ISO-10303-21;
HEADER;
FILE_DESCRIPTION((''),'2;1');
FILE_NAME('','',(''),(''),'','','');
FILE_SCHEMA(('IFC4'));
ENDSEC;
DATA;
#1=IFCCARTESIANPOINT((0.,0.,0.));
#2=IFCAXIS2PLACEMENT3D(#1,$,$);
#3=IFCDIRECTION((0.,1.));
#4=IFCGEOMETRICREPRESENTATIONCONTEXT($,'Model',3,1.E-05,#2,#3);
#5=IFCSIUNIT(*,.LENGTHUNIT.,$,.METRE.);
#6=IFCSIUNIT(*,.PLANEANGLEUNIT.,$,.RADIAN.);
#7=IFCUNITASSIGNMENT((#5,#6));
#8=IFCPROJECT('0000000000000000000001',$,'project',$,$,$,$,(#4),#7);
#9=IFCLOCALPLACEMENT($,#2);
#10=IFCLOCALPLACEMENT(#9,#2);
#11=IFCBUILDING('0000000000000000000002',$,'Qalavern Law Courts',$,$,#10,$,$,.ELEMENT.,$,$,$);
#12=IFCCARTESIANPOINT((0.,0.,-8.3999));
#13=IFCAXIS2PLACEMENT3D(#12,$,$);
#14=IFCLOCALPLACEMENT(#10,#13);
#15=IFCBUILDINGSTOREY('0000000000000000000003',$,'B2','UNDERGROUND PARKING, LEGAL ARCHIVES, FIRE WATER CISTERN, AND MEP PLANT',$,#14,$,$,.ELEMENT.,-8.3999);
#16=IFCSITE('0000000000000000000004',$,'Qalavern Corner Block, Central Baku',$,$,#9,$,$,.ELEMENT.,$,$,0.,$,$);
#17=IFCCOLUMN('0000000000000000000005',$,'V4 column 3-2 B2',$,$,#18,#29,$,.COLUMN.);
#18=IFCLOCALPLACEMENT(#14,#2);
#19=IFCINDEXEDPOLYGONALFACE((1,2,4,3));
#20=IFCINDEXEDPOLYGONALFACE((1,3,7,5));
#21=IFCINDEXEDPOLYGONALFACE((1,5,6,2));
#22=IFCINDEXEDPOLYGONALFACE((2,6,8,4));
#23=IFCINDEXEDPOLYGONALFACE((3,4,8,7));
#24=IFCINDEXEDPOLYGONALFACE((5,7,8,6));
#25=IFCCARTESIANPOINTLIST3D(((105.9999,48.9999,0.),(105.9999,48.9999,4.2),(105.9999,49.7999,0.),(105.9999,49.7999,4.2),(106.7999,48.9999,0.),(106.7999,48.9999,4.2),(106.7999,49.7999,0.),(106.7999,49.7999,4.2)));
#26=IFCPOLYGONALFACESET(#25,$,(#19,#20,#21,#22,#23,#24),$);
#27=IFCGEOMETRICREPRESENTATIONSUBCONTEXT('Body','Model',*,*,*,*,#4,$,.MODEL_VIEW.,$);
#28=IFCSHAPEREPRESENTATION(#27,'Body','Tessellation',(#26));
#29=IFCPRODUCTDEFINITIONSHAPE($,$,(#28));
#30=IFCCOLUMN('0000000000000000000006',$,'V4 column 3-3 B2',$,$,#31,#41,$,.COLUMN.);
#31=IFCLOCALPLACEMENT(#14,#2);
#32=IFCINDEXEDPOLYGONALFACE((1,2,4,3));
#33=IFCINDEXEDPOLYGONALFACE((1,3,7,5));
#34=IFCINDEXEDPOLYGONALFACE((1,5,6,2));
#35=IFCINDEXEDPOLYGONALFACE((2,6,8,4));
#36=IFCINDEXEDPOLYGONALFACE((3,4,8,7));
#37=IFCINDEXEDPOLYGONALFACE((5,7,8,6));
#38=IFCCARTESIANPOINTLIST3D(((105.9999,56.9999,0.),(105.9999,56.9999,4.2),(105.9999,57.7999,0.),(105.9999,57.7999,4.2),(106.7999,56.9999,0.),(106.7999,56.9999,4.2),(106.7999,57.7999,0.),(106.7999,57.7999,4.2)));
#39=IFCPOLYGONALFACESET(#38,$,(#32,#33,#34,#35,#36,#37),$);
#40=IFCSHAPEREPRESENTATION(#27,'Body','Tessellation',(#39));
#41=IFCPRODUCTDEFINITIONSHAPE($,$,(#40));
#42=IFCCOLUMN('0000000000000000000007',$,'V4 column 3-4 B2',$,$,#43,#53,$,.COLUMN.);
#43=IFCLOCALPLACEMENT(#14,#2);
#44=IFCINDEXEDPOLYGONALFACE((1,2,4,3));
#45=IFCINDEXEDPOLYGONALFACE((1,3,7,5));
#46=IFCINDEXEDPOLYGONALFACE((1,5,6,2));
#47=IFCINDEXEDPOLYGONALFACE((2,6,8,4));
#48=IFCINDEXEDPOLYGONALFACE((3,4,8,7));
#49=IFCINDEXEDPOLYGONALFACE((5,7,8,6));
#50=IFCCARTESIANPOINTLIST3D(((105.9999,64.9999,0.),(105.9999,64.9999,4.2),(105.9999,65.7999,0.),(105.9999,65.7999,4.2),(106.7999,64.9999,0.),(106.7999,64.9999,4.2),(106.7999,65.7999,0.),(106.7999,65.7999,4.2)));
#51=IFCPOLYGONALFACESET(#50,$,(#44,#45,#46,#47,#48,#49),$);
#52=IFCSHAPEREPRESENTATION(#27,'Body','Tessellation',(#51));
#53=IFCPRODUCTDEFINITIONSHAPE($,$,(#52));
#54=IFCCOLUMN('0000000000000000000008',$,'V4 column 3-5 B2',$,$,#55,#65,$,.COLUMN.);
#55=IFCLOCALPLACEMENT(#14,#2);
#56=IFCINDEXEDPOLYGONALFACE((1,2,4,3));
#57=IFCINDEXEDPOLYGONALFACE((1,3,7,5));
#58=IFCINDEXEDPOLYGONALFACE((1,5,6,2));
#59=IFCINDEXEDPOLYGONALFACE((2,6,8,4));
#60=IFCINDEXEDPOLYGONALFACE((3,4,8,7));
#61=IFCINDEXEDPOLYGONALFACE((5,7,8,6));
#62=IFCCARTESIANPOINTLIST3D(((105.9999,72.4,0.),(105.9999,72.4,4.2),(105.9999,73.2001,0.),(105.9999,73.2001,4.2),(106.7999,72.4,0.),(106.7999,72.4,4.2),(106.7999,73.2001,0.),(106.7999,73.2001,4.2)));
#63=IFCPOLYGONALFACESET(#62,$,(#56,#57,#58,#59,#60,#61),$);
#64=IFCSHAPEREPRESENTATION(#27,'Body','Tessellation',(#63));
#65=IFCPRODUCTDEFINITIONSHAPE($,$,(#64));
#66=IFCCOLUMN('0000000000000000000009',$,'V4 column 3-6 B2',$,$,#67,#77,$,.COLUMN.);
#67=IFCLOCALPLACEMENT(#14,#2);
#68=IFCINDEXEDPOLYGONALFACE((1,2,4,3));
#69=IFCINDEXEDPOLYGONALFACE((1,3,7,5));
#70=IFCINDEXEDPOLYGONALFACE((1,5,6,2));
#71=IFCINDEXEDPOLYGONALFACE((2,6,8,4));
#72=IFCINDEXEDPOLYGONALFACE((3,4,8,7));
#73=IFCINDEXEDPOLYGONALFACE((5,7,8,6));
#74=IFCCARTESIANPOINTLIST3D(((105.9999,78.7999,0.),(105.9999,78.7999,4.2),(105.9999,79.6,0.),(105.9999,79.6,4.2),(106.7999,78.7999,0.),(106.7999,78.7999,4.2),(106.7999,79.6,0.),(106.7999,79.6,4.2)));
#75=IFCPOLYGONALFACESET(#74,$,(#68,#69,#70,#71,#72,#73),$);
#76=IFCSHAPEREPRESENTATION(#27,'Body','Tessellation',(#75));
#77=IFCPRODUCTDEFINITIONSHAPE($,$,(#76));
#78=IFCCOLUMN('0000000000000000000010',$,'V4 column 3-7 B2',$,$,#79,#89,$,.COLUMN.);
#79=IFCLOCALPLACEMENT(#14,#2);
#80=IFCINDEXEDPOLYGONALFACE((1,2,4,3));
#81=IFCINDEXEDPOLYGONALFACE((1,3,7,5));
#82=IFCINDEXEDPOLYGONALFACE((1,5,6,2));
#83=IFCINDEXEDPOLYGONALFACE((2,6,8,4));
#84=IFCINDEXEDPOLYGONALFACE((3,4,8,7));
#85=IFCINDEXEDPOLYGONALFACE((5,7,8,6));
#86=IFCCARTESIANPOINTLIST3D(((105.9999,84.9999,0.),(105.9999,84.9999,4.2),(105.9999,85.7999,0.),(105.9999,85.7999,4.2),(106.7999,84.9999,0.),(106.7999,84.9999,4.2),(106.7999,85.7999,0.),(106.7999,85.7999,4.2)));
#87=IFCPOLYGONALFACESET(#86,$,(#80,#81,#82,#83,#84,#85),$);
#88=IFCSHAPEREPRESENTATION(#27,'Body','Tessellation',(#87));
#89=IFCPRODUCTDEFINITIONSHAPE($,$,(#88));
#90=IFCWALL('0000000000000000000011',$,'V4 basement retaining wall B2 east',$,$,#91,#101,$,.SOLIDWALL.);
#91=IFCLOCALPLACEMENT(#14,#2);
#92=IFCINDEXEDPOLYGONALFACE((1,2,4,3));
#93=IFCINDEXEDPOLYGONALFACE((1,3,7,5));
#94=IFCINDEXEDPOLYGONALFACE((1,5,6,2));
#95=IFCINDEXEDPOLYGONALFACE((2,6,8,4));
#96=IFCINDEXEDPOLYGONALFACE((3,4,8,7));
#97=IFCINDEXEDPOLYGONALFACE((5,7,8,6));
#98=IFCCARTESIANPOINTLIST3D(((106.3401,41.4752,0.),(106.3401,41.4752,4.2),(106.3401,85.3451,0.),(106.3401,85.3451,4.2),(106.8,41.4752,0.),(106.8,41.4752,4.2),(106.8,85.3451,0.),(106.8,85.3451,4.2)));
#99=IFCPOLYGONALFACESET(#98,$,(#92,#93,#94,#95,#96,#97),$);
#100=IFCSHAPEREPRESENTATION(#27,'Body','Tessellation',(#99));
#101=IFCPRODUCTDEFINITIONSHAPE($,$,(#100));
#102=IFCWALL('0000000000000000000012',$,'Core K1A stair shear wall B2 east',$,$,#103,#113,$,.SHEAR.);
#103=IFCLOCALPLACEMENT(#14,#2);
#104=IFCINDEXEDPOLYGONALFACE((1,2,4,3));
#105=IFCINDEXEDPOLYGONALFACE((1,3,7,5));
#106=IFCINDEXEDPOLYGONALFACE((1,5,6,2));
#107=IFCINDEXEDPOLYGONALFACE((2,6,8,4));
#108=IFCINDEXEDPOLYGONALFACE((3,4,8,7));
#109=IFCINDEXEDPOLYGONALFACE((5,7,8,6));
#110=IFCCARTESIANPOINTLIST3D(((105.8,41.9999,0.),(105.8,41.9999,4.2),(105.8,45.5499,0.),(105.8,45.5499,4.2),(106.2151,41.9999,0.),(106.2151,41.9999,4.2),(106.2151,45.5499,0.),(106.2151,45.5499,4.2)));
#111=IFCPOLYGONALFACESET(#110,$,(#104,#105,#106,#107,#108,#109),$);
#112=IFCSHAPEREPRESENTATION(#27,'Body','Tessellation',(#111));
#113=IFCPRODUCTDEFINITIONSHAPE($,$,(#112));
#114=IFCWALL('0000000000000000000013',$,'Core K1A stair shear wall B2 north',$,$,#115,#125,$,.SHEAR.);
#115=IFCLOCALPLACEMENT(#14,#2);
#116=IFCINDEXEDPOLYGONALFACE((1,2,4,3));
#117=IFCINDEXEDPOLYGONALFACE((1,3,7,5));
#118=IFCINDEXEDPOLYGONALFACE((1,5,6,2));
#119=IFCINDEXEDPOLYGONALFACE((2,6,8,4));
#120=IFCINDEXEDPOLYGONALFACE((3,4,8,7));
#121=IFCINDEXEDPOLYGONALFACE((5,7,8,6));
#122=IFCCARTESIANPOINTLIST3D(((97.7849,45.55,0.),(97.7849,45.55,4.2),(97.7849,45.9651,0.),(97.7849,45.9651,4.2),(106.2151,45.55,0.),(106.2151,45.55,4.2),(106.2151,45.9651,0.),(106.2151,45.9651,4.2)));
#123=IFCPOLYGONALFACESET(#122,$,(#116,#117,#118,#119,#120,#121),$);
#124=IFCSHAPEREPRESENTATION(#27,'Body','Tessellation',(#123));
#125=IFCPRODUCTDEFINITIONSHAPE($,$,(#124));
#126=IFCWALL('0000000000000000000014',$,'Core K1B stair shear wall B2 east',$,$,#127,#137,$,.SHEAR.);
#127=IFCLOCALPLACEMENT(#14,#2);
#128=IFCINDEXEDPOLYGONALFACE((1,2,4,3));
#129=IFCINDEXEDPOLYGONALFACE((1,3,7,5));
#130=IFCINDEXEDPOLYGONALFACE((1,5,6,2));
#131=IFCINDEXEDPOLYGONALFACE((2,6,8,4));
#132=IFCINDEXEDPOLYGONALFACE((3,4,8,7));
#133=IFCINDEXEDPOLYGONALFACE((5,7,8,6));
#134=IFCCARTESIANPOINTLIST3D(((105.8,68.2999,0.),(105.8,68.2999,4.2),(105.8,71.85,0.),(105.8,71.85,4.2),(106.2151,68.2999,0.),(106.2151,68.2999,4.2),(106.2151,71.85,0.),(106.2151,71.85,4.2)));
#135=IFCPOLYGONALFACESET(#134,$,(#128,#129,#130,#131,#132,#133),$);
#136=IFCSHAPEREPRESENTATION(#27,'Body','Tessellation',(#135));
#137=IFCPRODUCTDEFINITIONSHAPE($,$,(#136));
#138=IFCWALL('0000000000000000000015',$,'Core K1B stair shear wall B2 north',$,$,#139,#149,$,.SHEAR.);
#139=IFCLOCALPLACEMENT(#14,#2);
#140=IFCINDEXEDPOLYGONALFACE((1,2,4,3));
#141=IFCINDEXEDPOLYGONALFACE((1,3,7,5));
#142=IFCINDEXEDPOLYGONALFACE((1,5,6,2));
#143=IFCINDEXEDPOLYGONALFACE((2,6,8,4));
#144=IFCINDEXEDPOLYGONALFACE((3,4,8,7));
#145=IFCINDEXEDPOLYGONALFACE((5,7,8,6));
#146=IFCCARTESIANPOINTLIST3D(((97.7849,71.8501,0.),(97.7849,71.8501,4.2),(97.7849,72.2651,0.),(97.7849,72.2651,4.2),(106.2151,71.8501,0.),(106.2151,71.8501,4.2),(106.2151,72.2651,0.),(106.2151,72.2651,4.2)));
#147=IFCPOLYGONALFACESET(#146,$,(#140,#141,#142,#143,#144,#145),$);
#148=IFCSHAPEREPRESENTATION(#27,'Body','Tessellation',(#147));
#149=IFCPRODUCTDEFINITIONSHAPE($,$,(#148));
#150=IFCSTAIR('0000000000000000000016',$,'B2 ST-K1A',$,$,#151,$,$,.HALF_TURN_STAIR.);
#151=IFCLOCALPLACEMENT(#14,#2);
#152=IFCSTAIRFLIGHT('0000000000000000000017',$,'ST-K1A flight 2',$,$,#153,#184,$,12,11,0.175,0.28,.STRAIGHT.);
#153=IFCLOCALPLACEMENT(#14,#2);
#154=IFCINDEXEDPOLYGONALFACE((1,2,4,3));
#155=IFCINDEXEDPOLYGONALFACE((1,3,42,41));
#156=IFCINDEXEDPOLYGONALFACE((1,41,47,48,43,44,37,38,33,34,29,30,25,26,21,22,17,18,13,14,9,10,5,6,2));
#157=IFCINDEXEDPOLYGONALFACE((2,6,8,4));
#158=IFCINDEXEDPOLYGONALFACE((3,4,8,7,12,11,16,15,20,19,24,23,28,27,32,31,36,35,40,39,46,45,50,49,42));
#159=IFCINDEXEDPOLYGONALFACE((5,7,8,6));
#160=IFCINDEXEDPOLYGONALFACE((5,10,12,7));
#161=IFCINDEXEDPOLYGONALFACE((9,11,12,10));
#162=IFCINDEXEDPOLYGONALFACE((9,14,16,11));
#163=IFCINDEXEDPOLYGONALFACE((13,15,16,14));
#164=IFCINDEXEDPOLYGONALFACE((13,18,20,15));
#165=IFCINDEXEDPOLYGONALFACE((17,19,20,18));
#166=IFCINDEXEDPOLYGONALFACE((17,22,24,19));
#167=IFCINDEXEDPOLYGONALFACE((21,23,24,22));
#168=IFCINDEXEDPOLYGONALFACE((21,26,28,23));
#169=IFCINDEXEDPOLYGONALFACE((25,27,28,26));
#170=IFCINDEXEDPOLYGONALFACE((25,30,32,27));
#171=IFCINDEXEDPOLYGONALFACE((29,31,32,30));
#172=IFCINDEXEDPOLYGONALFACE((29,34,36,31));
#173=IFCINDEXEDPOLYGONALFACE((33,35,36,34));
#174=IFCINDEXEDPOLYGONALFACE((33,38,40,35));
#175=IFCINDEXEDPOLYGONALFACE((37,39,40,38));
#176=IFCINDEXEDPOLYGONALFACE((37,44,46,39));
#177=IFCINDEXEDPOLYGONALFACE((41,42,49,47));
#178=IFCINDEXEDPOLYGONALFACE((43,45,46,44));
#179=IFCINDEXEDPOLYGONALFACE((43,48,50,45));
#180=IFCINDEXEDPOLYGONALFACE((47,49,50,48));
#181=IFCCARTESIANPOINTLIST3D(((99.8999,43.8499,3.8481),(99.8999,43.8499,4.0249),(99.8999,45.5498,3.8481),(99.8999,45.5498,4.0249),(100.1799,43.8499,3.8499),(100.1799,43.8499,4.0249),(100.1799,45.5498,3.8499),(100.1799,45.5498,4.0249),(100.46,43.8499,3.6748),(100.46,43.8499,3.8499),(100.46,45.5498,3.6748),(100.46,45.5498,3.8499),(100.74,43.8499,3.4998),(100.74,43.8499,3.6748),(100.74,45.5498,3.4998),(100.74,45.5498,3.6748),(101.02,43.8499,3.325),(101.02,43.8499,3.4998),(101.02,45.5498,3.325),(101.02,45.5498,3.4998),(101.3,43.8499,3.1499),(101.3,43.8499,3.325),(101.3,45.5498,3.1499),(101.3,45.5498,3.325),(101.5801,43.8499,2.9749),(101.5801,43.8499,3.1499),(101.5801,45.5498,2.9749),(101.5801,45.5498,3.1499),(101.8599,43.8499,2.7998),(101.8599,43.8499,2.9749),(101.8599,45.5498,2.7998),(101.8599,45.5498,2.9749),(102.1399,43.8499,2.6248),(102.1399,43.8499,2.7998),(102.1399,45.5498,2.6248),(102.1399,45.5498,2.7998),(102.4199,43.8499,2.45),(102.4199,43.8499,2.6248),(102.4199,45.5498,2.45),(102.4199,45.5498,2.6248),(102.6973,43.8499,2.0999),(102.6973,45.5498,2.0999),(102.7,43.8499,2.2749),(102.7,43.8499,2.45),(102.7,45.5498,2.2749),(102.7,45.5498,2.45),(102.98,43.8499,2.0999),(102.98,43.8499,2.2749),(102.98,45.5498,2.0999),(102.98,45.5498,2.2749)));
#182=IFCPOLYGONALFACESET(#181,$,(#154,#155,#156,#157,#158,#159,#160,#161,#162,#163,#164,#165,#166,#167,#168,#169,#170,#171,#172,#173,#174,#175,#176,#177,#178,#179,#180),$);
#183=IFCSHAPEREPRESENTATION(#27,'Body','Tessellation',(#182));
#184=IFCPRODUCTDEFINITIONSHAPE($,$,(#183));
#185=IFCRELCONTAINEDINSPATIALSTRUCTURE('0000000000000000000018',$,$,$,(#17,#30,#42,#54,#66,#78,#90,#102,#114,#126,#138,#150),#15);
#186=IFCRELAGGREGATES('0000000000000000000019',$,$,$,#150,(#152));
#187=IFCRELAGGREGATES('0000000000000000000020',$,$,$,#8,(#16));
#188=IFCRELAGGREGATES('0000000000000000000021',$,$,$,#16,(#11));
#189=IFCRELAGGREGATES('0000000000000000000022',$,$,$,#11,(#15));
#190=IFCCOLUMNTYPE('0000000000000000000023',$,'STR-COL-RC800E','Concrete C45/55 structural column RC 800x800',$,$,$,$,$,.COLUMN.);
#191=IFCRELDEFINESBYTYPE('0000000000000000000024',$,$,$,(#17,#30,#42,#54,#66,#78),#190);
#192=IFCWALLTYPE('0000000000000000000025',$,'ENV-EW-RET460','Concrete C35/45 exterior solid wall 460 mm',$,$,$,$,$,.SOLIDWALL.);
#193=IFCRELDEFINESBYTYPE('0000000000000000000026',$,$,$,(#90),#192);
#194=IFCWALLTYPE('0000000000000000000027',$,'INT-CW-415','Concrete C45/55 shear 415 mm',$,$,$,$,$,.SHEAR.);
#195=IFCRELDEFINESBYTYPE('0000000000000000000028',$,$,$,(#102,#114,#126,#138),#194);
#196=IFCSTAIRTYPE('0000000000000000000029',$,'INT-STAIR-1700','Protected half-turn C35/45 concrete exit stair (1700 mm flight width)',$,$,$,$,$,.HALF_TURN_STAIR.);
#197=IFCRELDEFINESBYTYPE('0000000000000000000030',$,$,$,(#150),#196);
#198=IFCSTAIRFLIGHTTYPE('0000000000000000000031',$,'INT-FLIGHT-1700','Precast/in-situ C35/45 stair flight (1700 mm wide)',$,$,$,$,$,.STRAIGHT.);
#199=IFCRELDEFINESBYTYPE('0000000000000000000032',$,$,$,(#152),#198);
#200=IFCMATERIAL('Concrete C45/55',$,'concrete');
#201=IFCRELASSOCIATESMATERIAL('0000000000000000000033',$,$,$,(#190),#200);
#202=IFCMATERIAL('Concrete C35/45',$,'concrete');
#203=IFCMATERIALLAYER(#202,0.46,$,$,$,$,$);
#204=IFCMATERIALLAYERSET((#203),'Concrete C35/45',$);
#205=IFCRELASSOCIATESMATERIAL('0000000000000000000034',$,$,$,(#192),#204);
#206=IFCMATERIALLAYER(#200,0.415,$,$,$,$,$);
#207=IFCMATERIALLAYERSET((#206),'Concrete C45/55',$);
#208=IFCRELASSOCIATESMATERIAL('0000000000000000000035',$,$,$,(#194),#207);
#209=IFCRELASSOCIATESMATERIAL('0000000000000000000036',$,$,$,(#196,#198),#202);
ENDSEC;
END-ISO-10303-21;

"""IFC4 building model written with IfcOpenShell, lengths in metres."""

from ifc_helpers import new_model, si_unit, direction, frame, frame_2d, origin, origin_2d, place, context, subcontext, project, spatial, polyline, rectangle, outline, extrude, material, layer, layer_set, material_profile, profile_set, type_object, element, aggregate, save


model = new_model("IFC4")

# Units and contexts
model_context = context("Model", 3, precision=1e-05, world=origin(), true_north=direction((0.0, 1.0)))
body_context = subcontext(model_context, "Body", "Model", "MODEL_VIEW")
ifc_project = project(units=[si_unit("LENGTHUNIT", "METRE"), si_unit("PLANEANGLEUNIT", "RADIAN")], contexts=[model_context])

# Site, building, storey
site_placement = place(None, origin())
site = spatial("IfcSite", under=ifc_project, at=site_placement, Name="Qalavern Corner Block, Central Baku", CompositionType="ELEMENT", RefElevation=0.0)
building_placement = place(site_placement, origin())
building = spatial("IfcBuilding", under=site, at=building_placement, Name="Qalavern Law Courts", CompositionType="ELEMENT")
storey_placement = place(building_placement, frame((0.0, 0.0, -8.3999)))
storey = spatial("IfcBuildingStorey", under=building, at=storey_placement, Name="B2", Description="UNDERGROUND PARKING, LEGAL ARCHIVES, FIRE WATER CISTERN, AND MEP PLANT", CompositionType="ELEMENT", Elevation=-8.3999)

# Shared definitions
ifc_material_1 = material(Name="Concrete C35/45", Category="concrete")

# Columns
ifc_material_2 = material(Name="Concrete C45/55", Category="concrete")
ifc_material_profile_1 = material_profile(ifc_material_2, rectangle(XDim=0.8, YDim=0.8, at=origin_2d()), Name="RC 800x800")
ifc_profile_set_1 = profile_set([ifc_material_profile_1], Name="Concrete C45/55")
column_type = type_object("IfcColumnType", Name="STR-COL-RC800E", Description="Concrete C45/55 structural column RC 800x800", PredefinedType="COLUMN", material=ifc_profile_set_1)
for number, where, z_axis, x_axis, name in (
    (1, (106.3999, 49.3999, 0.0), (0.0, 0.0, 1.0), (1.0, 0.0, 0.0), "V4 column 3-2 B2"),
    (2, (106.3999, 57.3999, 0.0), (0.0, 0.0, 1.0), (1.0, 0.0, 0.0), "V4 column 3-3 B2"),
    (3, (106.3999, 65.3999, 0.0), (0.0, 0.0, 1.0), (1.0, 0.0, 0.0), "V4 column 3-4 B2"),
    (4, (106.3999, 72.8, 0.0), (0.0, 0.0, 1.0), (1.0, 0.0, 0.0), "V4 column 3-5 B2"),
    (5, (106.3999, 79.2, 0.0), (0.0, 0.0, 1.0), (1.0, 0.0, 0.0), "V4 column 3-6 B2"),
    (6, (106.3999, 85.3999, 0.0), (0.0, 0.0, 1.0), (1.0, 0.0, 0.0), "V4 column 3-7 B2"),
):
    element("IfcColumn", number, at=place(storey_placement, frame(where, z_axis=z_axis, x_axis=x_axis)), inside=storey, type_object=column_type, Name=name, PredefinedType="COLUMN", context=body_context, shape_type="SweptSolid", body=[
        extrude(rectangle(XDim=0.8, YDim=0.8, at=origin_2d()), origin(), (0.0, 0.0, 1.0), 4.2),
    ])

# Walls
ifc_layer_1 = layer(ifc_material_1, 0.46)
ifc_layer_set_1 = layer_set([ifc_layer_1], Name="Concrete C35/45")
wall_type_1 = type_object("IfcWallType", Name="ENV-EW-RET460", Description="Concrete C35/45 exterior solid wall 460 mm", PredefinedType="SOLIDWALL", material=ifc_layer_set_1)
wall_1_placement = place(storey_placement, frame((106.5701, 41.4751, 0.0), z_axis=(0.0, 0.0, 1.0), x_axis=(0.0, 1.0, 0.0)))
element("IfcWall", 7, at=wall_1_placement, inside=storey, type_object=wall_type_1, Name="V4 basement retaining wall B2 east", PredefinedType="SOLIDWALL", context=body_context, shape_type="SweptSolid", body=[
    extrude(rectangle(XDim=43.8699, YDim=0.46, at=frame_2d((21.9351, 0.0))), origin(), (0.0, 0.0, 1.0), 4.2),
])
ifc_layer_2 = layer(ifc_material_2, 0.415)
ifc_layer_set_2 = layer_set([ifc_layer_2], Name="Concrete C45/55")
wall_type_2 = type_object("IfcWallType", Name="INT-CW-415", Description="Concrete C45/55 shear 415 mm", PredefinedType="SHEAR", material=ifc_layer_set_2)
wall_2_placement = place(storey_placement, frame((106.0076, 42.0, 0.0), z_axis=(0.0, 0.0, 1.0), x_axis=(0.0, 1.0, 0.0)))
element("IfcWall", 8, at=wall_2_placement, inside=storey, type_object=wall_type_2, Name="Core K1A stair shear wall B2 east", PredefinedType="SHEAR", context=body_context, shape_type="SweptSolid", body=[
    extrude(rectangle(XDim=3.55, YDim=0.415, at=frame_2d((1.7749, 0.0))), origin(), (0.0, 0.0, 1.0), 4.2),
])
wall_3_placement = place(storey_placement, frame((106.2151, 45.7576, 0.0), z_axis=(0.0, 0.0, 1.0), x_axis=(-1.0, 0.0, 0.0)))
element("IfcWall", 9, at=wall_3_placement, inside=storey, type_object=wall_type_2, Name="Core K1A stair shear wall B2 north", PredefinedType="SHEAR", context=body_context, shape_type="SweptSolid", body=[
    extrude(rectangle(XDim=8.4302, YDim=0.415, at=frame_2d((4.2151, 0.0))), origin(), (0.0, 0.0, 1.0), 4.2),
])
wall_4_placement = place(storey_placement, frame((106.0076, 68.3, 0.0), z_axis=(0.0, 0.0, 1.0), x_axis=(0.0, 1.0, 0.0)))
element("IfcWall", 10, at=wall_4_placement, inside=storey, type_object=wall_type_2, Name="Core K1B stair shear wall B2 east", PredefinedType="SHEAR", context=body_context, shape_type="SweptSolid", body=[
    extrude(rectangle(XDim=3.55, YDim=0.415, at=frame_2d((1.7749, 0.0))), origin(), (0.0, 0.0, 1.0), 4.2),
])
wall_5_placement = place(storey_placement, frame((106.2151, 72.0576, 0.0), z_axis=(0.0, 0.0, 1.0), x_axis=(-1.0, 0.0, 0.0)))
element("IfcWall", 11, at=wall_5_placement, inside=storey, type_object=wall_type_2, Name="Core K1B stair shear wall B2 north", PredefinedType="SHEAR", context=body_context, shape_type="SweptSolid", body=[
    extrude(rectangle(XDim=8.4302, YDim=0.415, at=frame_2d((4.2151, 0.0))), origin(), (0.0, 0.0, 1.0), 4.2),
])

# Stair, stair flight
stair_type = type_object("IfcStairType", Name="INT-STAIR-1700", Description="Protected half-turn C35/45 concrete exit stair (1700 mm flight width)", PredefinedType="HALF_TURN_STAIR", material=ifc_material_1)
stair_1_placement = place(storey_placement, origin())
stair_1 = element("IfcStair", 12, at=stair_1_placement, inside=storey, type_object=stair_type, Name="B2 ST-K1A", PredefinedType="HALF_TURN_STAIR")
stair_flight_type = type_object("IfcStairFlightType", Name="INT-FLIGHT-1700", Description="Precast/in-situ C35/45 stair flight (1700 mm wide)", PredefinedType="STRAIGHT", material=ifc_material_1)
stair_flight_1_placement = place(storey_placement, frame((102.98, 44.7, 2.0999), z_axis=(0.0, 0.0, 1.0), x_axis=(-1.0, 0.0, 0.0)))
stair_flight_1 = element("IfcStairFlight", 13, at=stair_flight_1_placement, type_object=stair_flight_type, Name="ST-K1A flight 2", NumberOfRisers=12, NumberOfTreads=11, PredefinedType="STRAIGHT", RiserHeight=0.175, TreadLength=0.28, context=body_context, shape_type="SweptSolid", body=[
    extrude(outline(polyline([(0.0, 0.0), (0.0, 0.175), (0.28, 0.175), (0.28, 0.3501), (0.5601, 0.3501), (0.5601, 0.5249), (0.8401, 0.5249), (0.8401, 0.7), (1.1201, 0.7), (1.1201, 0.875), (1.3999, 0.875), (1.3999, 1.05), (1.6799, 1.05), (1.6799, 1.2251), (1.96, 1.2251), (1.96, 1.3999), (2.24, 1.3999), (2.24, 1.575), (2.52, 1.575), (2.52, 1.75), (2.8, 1.75), (2.8, 1.925), (3.0801, 1.925), (3.0801, 2.1001), (3.0801, 1.7483), (0.2827, 0.0), (0.0, 0.0)])), frame((0.0, 0.8501, 0.0), z_axis=(0.0, -1.0, 0.0), x_axis=(1.0, 0.0, 0.0)), (0.0, 0.0, 1.0), 1.7),
])
aggregate(stair_1, [stair_flight_1])

save(model, "model.ifc")
